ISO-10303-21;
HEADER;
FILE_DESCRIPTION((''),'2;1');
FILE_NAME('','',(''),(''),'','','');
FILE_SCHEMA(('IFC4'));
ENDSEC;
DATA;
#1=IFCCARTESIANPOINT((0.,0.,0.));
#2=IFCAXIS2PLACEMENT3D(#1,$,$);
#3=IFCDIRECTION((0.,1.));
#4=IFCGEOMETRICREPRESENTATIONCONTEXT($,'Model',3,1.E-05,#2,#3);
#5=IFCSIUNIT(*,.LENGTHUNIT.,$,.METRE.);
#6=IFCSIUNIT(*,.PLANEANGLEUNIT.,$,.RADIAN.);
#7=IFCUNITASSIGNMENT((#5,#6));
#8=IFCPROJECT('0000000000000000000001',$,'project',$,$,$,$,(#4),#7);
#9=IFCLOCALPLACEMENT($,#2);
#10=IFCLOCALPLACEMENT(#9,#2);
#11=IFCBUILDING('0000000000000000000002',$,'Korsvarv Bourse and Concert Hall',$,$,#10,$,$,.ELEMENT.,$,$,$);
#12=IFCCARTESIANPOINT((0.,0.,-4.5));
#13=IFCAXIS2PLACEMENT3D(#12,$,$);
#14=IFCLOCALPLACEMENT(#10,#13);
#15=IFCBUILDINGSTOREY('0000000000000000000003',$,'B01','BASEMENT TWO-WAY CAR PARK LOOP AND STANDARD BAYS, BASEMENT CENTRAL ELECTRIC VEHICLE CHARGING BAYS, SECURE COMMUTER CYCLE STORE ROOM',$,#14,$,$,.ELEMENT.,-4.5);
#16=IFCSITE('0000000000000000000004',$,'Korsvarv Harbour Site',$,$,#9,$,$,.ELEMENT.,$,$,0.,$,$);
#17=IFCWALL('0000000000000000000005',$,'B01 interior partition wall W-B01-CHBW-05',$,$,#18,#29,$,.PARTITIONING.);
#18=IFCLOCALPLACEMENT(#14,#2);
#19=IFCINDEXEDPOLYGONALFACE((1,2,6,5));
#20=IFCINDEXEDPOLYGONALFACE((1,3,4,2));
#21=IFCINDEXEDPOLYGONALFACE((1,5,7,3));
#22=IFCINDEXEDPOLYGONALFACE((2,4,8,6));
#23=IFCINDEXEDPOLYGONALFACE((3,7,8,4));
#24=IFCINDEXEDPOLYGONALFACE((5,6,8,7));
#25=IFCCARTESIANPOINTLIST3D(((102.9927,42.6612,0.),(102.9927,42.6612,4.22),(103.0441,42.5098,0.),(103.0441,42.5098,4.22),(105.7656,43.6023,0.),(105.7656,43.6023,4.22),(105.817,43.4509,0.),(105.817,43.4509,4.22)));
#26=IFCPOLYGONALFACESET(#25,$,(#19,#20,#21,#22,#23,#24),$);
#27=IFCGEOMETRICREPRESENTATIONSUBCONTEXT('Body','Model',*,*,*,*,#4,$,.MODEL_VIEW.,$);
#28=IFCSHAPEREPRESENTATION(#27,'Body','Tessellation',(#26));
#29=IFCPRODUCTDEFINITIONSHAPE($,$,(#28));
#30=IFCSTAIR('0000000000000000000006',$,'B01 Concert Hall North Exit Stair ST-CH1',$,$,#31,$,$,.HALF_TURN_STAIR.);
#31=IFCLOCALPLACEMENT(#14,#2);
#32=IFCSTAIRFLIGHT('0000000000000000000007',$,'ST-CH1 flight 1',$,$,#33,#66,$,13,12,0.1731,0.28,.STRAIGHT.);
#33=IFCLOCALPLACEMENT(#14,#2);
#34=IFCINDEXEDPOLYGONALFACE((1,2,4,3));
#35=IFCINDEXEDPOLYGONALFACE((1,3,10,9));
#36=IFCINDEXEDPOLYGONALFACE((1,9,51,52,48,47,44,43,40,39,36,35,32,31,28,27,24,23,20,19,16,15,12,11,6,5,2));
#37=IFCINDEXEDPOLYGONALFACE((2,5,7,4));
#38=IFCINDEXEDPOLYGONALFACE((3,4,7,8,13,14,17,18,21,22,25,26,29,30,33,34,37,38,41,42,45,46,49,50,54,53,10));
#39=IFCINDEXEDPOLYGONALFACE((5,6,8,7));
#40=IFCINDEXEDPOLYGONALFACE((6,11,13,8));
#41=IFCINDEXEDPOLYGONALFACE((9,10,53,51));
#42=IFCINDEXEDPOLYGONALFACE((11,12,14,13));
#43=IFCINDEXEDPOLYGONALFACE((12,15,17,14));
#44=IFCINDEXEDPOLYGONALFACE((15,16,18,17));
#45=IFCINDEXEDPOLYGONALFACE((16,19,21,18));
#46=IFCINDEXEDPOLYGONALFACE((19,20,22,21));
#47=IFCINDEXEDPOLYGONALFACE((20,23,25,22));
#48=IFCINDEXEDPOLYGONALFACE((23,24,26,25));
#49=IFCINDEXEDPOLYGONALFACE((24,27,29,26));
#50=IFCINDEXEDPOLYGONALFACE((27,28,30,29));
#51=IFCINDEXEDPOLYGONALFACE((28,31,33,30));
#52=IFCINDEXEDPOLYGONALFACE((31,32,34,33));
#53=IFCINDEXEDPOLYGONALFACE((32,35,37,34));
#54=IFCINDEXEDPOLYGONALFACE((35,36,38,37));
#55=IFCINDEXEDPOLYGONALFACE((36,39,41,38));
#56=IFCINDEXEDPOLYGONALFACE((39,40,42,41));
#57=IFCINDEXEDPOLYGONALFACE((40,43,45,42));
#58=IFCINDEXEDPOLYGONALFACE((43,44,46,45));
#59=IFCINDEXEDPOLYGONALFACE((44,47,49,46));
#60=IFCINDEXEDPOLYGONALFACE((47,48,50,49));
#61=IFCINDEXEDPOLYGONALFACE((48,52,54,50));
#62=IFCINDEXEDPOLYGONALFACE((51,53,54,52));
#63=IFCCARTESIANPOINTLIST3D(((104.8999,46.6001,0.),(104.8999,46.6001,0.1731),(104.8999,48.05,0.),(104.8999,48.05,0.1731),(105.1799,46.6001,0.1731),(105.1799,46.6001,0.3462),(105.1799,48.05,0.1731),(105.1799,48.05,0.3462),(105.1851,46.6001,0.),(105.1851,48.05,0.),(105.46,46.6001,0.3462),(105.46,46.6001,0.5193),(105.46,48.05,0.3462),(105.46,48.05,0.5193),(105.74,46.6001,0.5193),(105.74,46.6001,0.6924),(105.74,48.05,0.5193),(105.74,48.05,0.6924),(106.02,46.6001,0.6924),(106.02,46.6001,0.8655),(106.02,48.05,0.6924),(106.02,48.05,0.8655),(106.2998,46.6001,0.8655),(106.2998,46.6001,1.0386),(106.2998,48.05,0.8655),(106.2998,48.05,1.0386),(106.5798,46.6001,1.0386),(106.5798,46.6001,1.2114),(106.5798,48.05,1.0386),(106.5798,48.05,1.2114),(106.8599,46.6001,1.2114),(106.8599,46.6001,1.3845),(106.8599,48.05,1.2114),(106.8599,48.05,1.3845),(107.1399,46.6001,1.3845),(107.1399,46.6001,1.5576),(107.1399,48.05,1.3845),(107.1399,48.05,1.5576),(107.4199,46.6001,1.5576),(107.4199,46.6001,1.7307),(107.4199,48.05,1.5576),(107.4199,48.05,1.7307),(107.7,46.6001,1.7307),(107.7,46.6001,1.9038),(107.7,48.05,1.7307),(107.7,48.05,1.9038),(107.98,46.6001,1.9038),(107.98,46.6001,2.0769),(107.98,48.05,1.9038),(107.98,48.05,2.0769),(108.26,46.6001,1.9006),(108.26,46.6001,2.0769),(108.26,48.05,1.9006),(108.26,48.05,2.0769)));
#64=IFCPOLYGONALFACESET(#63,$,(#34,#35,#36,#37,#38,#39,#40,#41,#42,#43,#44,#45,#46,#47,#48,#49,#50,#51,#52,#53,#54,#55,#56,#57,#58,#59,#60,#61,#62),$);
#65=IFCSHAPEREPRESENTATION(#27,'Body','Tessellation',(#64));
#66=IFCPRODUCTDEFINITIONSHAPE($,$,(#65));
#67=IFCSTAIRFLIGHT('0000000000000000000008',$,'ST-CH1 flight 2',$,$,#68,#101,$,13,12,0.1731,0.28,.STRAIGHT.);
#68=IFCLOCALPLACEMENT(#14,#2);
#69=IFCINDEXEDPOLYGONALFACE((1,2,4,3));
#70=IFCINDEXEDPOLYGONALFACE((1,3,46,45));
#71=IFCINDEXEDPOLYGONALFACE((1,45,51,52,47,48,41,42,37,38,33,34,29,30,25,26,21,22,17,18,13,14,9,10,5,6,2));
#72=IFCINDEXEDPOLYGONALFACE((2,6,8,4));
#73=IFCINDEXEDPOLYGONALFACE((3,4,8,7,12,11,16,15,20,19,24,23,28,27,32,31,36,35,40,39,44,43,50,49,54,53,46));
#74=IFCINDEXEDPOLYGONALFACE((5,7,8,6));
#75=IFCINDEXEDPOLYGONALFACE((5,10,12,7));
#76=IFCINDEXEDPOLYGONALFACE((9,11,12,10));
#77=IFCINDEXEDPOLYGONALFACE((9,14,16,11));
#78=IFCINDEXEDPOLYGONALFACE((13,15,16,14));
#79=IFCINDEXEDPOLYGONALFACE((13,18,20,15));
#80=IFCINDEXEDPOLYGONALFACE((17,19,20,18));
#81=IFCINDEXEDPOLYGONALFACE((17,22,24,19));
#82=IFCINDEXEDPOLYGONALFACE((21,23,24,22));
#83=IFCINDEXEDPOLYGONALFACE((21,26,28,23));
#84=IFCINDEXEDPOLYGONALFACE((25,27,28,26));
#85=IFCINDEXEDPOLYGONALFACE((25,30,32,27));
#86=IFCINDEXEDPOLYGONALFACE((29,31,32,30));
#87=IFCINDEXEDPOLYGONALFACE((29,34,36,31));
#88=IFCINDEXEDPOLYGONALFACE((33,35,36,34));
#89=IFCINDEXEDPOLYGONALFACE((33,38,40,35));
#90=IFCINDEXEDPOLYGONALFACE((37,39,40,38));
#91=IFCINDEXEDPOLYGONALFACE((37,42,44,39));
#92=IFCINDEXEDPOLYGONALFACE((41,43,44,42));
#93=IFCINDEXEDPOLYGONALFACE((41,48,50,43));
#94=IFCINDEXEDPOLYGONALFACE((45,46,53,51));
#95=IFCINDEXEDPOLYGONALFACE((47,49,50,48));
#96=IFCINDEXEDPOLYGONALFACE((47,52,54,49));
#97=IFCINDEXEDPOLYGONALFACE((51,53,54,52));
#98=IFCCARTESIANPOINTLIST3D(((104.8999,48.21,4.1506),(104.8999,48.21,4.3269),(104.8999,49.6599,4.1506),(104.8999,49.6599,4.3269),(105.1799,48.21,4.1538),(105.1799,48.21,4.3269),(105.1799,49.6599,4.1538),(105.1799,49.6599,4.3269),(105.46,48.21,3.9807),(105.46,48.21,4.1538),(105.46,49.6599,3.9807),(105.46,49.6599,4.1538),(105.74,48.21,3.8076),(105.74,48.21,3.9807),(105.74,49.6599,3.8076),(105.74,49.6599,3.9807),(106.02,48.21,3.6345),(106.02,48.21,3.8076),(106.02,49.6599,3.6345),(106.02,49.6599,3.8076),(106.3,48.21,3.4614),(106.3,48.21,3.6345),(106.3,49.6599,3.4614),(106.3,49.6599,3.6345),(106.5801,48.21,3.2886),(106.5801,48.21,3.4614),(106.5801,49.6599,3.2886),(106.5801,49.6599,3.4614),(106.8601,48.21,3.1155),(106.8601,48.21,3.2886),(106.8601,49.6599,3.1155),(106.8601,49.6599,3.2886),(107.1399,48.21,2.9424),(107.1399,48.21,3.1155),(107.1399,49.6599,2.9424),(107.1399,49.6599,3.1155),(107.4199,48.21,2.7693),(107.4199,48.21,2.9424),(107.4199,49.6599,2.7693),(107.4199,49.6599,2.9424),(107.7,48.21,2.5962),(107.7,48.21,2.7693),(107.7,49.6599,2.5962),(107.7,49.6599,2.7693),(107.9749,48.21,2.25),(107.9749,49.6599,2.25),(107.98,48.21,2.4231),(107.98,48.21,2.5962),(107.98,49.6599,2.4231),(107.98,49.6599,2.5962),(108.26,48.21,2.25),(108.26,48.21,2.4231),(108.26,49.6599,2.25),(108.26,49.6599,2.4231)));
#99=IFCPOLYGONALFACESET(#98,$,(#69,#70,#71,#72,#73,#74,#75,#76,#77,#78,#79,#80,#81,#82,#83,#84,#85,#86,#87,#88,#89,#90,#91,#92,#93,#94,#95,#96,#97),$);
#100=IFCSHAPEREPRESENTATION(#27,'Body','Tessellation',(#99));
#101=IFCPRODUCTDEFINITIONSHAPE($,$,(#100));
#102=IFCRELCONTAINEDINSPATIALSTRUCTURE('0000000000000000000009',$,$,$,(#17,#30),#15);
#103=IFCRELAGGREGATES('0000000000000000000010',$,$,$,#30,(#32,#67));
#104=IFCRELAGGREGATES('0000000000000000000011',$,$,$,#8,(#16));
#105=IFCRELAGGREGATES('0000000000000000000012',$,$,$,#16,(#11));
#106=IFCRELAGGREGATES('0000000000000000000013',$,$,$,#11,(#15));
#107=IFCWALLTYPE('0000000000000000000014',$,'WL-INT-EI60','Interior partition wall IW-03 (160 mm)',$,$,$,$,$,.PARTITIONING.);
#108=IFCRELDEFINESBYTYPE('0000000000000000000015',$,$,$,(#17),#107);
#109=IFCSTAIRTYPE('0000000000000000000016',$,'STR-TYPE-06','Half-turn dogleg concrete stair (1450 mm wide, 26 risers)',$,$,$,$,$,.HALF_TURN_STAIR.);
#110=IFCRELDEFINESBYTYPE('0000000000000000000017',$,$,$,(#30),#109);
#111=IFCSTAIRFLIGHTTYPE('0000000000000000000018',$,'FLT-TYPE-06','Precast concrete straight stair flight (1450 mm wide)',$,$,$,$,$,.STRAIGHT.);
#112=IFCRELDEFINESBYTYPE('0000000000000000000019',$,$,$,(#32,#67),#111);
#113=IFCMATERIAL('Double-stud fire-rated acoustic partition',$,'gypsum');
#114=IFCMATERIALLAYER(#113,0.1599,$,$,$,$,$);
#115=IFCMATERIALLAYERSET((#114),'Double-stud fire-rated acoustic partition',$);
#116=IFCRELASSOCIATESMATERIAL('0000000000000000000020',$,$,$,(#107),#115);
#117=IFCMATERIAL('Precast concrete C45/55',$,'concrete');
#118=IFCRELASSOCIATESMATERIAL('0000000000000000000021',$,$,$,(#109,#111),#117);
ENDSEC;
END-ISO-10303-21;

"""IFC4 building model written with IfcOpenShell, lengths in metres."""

from ifc_helpers import new_model, si_unit, direction, frame, frame_2d, origin, place, context, subcontext, project, spatial, polyline, rectangle, outline, extrude, material, layer, layer_set, type_object, element, aggregate, save


model = new_model("IFC4")

# Units and contexts
model_context = context("Model", 3, precision=1e-05, world=origin(), true_north=direction((0.0, 1.0)))
body_context = subcontext(model_context, "Body", "Model", "MODEL_VIEW")
ifc_project = project(units=[si_unit("LENGTHUNIT", "METRE"), si_unit("PLANEANGLEUNIT", "RADIAN")], contexts=[model_context])

# Site, building, storey
site_placement = place(None, origin())
site = spatial("IfcSite", under=ifc_project, at=site_placement, Name="Korsvarv Harbour Site", CompositionType="ELEMENT", RefElevation=0.0)
building_placement = place(site_placement, origin())
building = spatial("IfcBuilding", under=site, at=building_placement, Name="Korsvarv Bourse and Concert Hall", CompositionType="ELEMENT")
storey_placement = place(building_placement, frame((0.0, 0.0, -4.5)))
storey = spatial("IfcBuildingStorey", under=building, at=storey_placement, Name="B01", Description="BASEMENT TWO-WAY CAR PARK LOOP AND STANDARD BAYS, BASEMENT CENTRAL ELECTRIC VEHICLE CHARGING BAYS, SECURE COMMUTER CYCLE STORE ROOM", CompositionType="ELEMENT", Elevation=-4.5)

# Wall
ifc_material_1 = material(Name="Double-stud fire-rated acoustic partition", Category="gypsum")
ifc_layer_1 = layer(ifc_material_1, 0.1599)
ifc_layer_set_1 = layer_set([ifc_layer_1], Name="Double-stud fire-rated acoustic partition")
wall_type_1 = type_object("IfcWallType", Name="WL-INT-EI60", Description="Interior partition wall IW-03 (160 mm)", PredefinedType="PARTITIONING", material=ifc_layer_set_1)
for number, where, z_axis, x_axis, name in (
    (1, (105.7913, 43.5266, 0.0), (0.0, 0.0, 1.0), (-0.946943, -0.3214, 0.0), "B01 interior partition wall W-B01-CHBW-05"),
):
    element("IfcWall", number, at=place(storey_placement, frame(where, z_axis=z_axis, x_axis=x_axis)), inside=storey, type_object=wall_type_1, Name=name, PredefinedType="PARTITIONING", context=body_context, shape_type="SweptSolid", body=[
        extrude(rectangle(XDim=2.9282, YDim=0.1599, at=frame_2d((1.4641, 0.0))), origin(), (0.0, 0.0, 1.0), 4.22),
    ])

# Stair, stair flights
ifc_material_2 = material(Name="Precast concrete C45/55", Category="concrete")
stair_type = type_object("IfcStairType", Name="STR-TYPE-06", Description="Half-turn dogleg concrete stair (1450 mm wide, 26 risers)", PredefinedType="HALF_TURN_STAIR", material=ifc_material_2)
stair_placement = place(storey_placement, origin())
stair = element("IfcStair", 2, at=stair_placement, inside=storey, type_object=stair_type, Name="B01 Concert Hall North Exit Stair ST-CH1", PredefinedType="HALF_TURN_STAIR")
stair_flight_type = type_object("IfcStairFlightType", Name="FLT-TYPE-06", Description="Precast concrete straight stair flight (1450 mm wide)", PredefinedType="STRAIGHT", material=ifc_material_2)
stair_flight_1_placement = place(storey_placement, frame((104.8999, 47.325, 0.0), z_axis=(0.0, 0.0, 1.0), x_axis=(1.0, 0.0, 0.0)))
stair_flight_1 = element("IfcStairFlight", 3, at=stair_flight_1_placement, type_object=stair_flight_type, Name="ST-CH1 flight 1", NumberOfRisers=13, NumberOfTreads=12, PredefinedType="STRAIGHT", RiserHeight=0.1731, TreadLength=0.28, context=body_context, shape_type="SweptSolid", body=[
    extrude(outline(polyline([(0.0, 0.0), (0.0, 0.1731), (0.28, 0.1731), (0.28, 0.3462), (0.5601, 0.3462), (0.5601, 0.5193), (0.8401, 0.5193), (0.8401, 0.6924), (1.1201, 0.6924), (1.1201, 0.8655), (1.3999, 0.8655), (1.3999, 1.0386), (1.6799, 1.0386), (1.6799, 1.2114), (1.96, 1.2114), (1.96, 1.3845), (2.24, 1.3845), (2.24, 1.5576), (2.52, 1.5576), (2.52, 1.7307), (2.8, 1.7307), (2.8, 1.9038), (3.0801, 1.9038), (3.0801, 2.0769), (3.3601, 2.0769), (3.3601, 2.25), (3.3601, 1.9006), (0.2852, 0.0), (0.0, 0.0)])), frame((0.0, 0.7251, 0.0), z_axis=(0.0, -1.0, 0.0), x_axis=(1.0, 0.0, 0.0)), (0.0, 0.0, 1.0), 1.45),
])
stair_flight_2_placement = place(storey_placement, frame((108.26, 48.9351, 2.25), z_axis=(0.0, 0.0, 1.0), x_axis=(-1.0, 0.0, 0.0)))
stair_flight_2 = element("IfcStairFlight", 4, at=stair_flight_2_placement, type_object=stair_flight_type, Name="ST-CH1 flight 2", NumberOfRisers=13, NumberOfTreads=12, PredefinedType="STRAIGHT", RiserHeight=0.1731, TreadLength=0.28, context=body_context, shape_type="SweptSolid", body=[
    extrude(outline(polyline([(0.0, 0.0), (0.0, 0.1731), (0.28, 0.1731), (0.28, 0.3462), (0.5601, 0.3462), (0.5601, 0.5193), (0.8401, 0.5193), (0.8401, 0.6924), (1.1201, 0.6924), (1.1201, 0.8655), (1.3999, 0.8655), (1.3999, 1.0386), (1.6799, 1.0386), (1.6799, 1.2114), (1.96, 1.2114), (1.96, 1.3845), (2.24, 1.3845), (2.24, 1.5576), (2.52, 1.5576), (2.52, 1.7307), (2.8, 1.7307), (2.8, 1.9038), (3.0801, 1.9038), (3.0801, 2.0769), (3.3601, 2.0769), (3.3601, 2.25), (3.3601, 1.9006), (0.2852, 0.0), (0.0, 0.0)])), frame((0.0, 0.7251, 0.0), z_axis=(0.0, -1.0, 0.0), x_axis=(1.0, 0.0, 0.0)), (0.0, 0.0, 1.0), 1.45),
])
aggregate(stair, [stair_flight_1, stair_flight_2])

save(model, "model.ifc")
